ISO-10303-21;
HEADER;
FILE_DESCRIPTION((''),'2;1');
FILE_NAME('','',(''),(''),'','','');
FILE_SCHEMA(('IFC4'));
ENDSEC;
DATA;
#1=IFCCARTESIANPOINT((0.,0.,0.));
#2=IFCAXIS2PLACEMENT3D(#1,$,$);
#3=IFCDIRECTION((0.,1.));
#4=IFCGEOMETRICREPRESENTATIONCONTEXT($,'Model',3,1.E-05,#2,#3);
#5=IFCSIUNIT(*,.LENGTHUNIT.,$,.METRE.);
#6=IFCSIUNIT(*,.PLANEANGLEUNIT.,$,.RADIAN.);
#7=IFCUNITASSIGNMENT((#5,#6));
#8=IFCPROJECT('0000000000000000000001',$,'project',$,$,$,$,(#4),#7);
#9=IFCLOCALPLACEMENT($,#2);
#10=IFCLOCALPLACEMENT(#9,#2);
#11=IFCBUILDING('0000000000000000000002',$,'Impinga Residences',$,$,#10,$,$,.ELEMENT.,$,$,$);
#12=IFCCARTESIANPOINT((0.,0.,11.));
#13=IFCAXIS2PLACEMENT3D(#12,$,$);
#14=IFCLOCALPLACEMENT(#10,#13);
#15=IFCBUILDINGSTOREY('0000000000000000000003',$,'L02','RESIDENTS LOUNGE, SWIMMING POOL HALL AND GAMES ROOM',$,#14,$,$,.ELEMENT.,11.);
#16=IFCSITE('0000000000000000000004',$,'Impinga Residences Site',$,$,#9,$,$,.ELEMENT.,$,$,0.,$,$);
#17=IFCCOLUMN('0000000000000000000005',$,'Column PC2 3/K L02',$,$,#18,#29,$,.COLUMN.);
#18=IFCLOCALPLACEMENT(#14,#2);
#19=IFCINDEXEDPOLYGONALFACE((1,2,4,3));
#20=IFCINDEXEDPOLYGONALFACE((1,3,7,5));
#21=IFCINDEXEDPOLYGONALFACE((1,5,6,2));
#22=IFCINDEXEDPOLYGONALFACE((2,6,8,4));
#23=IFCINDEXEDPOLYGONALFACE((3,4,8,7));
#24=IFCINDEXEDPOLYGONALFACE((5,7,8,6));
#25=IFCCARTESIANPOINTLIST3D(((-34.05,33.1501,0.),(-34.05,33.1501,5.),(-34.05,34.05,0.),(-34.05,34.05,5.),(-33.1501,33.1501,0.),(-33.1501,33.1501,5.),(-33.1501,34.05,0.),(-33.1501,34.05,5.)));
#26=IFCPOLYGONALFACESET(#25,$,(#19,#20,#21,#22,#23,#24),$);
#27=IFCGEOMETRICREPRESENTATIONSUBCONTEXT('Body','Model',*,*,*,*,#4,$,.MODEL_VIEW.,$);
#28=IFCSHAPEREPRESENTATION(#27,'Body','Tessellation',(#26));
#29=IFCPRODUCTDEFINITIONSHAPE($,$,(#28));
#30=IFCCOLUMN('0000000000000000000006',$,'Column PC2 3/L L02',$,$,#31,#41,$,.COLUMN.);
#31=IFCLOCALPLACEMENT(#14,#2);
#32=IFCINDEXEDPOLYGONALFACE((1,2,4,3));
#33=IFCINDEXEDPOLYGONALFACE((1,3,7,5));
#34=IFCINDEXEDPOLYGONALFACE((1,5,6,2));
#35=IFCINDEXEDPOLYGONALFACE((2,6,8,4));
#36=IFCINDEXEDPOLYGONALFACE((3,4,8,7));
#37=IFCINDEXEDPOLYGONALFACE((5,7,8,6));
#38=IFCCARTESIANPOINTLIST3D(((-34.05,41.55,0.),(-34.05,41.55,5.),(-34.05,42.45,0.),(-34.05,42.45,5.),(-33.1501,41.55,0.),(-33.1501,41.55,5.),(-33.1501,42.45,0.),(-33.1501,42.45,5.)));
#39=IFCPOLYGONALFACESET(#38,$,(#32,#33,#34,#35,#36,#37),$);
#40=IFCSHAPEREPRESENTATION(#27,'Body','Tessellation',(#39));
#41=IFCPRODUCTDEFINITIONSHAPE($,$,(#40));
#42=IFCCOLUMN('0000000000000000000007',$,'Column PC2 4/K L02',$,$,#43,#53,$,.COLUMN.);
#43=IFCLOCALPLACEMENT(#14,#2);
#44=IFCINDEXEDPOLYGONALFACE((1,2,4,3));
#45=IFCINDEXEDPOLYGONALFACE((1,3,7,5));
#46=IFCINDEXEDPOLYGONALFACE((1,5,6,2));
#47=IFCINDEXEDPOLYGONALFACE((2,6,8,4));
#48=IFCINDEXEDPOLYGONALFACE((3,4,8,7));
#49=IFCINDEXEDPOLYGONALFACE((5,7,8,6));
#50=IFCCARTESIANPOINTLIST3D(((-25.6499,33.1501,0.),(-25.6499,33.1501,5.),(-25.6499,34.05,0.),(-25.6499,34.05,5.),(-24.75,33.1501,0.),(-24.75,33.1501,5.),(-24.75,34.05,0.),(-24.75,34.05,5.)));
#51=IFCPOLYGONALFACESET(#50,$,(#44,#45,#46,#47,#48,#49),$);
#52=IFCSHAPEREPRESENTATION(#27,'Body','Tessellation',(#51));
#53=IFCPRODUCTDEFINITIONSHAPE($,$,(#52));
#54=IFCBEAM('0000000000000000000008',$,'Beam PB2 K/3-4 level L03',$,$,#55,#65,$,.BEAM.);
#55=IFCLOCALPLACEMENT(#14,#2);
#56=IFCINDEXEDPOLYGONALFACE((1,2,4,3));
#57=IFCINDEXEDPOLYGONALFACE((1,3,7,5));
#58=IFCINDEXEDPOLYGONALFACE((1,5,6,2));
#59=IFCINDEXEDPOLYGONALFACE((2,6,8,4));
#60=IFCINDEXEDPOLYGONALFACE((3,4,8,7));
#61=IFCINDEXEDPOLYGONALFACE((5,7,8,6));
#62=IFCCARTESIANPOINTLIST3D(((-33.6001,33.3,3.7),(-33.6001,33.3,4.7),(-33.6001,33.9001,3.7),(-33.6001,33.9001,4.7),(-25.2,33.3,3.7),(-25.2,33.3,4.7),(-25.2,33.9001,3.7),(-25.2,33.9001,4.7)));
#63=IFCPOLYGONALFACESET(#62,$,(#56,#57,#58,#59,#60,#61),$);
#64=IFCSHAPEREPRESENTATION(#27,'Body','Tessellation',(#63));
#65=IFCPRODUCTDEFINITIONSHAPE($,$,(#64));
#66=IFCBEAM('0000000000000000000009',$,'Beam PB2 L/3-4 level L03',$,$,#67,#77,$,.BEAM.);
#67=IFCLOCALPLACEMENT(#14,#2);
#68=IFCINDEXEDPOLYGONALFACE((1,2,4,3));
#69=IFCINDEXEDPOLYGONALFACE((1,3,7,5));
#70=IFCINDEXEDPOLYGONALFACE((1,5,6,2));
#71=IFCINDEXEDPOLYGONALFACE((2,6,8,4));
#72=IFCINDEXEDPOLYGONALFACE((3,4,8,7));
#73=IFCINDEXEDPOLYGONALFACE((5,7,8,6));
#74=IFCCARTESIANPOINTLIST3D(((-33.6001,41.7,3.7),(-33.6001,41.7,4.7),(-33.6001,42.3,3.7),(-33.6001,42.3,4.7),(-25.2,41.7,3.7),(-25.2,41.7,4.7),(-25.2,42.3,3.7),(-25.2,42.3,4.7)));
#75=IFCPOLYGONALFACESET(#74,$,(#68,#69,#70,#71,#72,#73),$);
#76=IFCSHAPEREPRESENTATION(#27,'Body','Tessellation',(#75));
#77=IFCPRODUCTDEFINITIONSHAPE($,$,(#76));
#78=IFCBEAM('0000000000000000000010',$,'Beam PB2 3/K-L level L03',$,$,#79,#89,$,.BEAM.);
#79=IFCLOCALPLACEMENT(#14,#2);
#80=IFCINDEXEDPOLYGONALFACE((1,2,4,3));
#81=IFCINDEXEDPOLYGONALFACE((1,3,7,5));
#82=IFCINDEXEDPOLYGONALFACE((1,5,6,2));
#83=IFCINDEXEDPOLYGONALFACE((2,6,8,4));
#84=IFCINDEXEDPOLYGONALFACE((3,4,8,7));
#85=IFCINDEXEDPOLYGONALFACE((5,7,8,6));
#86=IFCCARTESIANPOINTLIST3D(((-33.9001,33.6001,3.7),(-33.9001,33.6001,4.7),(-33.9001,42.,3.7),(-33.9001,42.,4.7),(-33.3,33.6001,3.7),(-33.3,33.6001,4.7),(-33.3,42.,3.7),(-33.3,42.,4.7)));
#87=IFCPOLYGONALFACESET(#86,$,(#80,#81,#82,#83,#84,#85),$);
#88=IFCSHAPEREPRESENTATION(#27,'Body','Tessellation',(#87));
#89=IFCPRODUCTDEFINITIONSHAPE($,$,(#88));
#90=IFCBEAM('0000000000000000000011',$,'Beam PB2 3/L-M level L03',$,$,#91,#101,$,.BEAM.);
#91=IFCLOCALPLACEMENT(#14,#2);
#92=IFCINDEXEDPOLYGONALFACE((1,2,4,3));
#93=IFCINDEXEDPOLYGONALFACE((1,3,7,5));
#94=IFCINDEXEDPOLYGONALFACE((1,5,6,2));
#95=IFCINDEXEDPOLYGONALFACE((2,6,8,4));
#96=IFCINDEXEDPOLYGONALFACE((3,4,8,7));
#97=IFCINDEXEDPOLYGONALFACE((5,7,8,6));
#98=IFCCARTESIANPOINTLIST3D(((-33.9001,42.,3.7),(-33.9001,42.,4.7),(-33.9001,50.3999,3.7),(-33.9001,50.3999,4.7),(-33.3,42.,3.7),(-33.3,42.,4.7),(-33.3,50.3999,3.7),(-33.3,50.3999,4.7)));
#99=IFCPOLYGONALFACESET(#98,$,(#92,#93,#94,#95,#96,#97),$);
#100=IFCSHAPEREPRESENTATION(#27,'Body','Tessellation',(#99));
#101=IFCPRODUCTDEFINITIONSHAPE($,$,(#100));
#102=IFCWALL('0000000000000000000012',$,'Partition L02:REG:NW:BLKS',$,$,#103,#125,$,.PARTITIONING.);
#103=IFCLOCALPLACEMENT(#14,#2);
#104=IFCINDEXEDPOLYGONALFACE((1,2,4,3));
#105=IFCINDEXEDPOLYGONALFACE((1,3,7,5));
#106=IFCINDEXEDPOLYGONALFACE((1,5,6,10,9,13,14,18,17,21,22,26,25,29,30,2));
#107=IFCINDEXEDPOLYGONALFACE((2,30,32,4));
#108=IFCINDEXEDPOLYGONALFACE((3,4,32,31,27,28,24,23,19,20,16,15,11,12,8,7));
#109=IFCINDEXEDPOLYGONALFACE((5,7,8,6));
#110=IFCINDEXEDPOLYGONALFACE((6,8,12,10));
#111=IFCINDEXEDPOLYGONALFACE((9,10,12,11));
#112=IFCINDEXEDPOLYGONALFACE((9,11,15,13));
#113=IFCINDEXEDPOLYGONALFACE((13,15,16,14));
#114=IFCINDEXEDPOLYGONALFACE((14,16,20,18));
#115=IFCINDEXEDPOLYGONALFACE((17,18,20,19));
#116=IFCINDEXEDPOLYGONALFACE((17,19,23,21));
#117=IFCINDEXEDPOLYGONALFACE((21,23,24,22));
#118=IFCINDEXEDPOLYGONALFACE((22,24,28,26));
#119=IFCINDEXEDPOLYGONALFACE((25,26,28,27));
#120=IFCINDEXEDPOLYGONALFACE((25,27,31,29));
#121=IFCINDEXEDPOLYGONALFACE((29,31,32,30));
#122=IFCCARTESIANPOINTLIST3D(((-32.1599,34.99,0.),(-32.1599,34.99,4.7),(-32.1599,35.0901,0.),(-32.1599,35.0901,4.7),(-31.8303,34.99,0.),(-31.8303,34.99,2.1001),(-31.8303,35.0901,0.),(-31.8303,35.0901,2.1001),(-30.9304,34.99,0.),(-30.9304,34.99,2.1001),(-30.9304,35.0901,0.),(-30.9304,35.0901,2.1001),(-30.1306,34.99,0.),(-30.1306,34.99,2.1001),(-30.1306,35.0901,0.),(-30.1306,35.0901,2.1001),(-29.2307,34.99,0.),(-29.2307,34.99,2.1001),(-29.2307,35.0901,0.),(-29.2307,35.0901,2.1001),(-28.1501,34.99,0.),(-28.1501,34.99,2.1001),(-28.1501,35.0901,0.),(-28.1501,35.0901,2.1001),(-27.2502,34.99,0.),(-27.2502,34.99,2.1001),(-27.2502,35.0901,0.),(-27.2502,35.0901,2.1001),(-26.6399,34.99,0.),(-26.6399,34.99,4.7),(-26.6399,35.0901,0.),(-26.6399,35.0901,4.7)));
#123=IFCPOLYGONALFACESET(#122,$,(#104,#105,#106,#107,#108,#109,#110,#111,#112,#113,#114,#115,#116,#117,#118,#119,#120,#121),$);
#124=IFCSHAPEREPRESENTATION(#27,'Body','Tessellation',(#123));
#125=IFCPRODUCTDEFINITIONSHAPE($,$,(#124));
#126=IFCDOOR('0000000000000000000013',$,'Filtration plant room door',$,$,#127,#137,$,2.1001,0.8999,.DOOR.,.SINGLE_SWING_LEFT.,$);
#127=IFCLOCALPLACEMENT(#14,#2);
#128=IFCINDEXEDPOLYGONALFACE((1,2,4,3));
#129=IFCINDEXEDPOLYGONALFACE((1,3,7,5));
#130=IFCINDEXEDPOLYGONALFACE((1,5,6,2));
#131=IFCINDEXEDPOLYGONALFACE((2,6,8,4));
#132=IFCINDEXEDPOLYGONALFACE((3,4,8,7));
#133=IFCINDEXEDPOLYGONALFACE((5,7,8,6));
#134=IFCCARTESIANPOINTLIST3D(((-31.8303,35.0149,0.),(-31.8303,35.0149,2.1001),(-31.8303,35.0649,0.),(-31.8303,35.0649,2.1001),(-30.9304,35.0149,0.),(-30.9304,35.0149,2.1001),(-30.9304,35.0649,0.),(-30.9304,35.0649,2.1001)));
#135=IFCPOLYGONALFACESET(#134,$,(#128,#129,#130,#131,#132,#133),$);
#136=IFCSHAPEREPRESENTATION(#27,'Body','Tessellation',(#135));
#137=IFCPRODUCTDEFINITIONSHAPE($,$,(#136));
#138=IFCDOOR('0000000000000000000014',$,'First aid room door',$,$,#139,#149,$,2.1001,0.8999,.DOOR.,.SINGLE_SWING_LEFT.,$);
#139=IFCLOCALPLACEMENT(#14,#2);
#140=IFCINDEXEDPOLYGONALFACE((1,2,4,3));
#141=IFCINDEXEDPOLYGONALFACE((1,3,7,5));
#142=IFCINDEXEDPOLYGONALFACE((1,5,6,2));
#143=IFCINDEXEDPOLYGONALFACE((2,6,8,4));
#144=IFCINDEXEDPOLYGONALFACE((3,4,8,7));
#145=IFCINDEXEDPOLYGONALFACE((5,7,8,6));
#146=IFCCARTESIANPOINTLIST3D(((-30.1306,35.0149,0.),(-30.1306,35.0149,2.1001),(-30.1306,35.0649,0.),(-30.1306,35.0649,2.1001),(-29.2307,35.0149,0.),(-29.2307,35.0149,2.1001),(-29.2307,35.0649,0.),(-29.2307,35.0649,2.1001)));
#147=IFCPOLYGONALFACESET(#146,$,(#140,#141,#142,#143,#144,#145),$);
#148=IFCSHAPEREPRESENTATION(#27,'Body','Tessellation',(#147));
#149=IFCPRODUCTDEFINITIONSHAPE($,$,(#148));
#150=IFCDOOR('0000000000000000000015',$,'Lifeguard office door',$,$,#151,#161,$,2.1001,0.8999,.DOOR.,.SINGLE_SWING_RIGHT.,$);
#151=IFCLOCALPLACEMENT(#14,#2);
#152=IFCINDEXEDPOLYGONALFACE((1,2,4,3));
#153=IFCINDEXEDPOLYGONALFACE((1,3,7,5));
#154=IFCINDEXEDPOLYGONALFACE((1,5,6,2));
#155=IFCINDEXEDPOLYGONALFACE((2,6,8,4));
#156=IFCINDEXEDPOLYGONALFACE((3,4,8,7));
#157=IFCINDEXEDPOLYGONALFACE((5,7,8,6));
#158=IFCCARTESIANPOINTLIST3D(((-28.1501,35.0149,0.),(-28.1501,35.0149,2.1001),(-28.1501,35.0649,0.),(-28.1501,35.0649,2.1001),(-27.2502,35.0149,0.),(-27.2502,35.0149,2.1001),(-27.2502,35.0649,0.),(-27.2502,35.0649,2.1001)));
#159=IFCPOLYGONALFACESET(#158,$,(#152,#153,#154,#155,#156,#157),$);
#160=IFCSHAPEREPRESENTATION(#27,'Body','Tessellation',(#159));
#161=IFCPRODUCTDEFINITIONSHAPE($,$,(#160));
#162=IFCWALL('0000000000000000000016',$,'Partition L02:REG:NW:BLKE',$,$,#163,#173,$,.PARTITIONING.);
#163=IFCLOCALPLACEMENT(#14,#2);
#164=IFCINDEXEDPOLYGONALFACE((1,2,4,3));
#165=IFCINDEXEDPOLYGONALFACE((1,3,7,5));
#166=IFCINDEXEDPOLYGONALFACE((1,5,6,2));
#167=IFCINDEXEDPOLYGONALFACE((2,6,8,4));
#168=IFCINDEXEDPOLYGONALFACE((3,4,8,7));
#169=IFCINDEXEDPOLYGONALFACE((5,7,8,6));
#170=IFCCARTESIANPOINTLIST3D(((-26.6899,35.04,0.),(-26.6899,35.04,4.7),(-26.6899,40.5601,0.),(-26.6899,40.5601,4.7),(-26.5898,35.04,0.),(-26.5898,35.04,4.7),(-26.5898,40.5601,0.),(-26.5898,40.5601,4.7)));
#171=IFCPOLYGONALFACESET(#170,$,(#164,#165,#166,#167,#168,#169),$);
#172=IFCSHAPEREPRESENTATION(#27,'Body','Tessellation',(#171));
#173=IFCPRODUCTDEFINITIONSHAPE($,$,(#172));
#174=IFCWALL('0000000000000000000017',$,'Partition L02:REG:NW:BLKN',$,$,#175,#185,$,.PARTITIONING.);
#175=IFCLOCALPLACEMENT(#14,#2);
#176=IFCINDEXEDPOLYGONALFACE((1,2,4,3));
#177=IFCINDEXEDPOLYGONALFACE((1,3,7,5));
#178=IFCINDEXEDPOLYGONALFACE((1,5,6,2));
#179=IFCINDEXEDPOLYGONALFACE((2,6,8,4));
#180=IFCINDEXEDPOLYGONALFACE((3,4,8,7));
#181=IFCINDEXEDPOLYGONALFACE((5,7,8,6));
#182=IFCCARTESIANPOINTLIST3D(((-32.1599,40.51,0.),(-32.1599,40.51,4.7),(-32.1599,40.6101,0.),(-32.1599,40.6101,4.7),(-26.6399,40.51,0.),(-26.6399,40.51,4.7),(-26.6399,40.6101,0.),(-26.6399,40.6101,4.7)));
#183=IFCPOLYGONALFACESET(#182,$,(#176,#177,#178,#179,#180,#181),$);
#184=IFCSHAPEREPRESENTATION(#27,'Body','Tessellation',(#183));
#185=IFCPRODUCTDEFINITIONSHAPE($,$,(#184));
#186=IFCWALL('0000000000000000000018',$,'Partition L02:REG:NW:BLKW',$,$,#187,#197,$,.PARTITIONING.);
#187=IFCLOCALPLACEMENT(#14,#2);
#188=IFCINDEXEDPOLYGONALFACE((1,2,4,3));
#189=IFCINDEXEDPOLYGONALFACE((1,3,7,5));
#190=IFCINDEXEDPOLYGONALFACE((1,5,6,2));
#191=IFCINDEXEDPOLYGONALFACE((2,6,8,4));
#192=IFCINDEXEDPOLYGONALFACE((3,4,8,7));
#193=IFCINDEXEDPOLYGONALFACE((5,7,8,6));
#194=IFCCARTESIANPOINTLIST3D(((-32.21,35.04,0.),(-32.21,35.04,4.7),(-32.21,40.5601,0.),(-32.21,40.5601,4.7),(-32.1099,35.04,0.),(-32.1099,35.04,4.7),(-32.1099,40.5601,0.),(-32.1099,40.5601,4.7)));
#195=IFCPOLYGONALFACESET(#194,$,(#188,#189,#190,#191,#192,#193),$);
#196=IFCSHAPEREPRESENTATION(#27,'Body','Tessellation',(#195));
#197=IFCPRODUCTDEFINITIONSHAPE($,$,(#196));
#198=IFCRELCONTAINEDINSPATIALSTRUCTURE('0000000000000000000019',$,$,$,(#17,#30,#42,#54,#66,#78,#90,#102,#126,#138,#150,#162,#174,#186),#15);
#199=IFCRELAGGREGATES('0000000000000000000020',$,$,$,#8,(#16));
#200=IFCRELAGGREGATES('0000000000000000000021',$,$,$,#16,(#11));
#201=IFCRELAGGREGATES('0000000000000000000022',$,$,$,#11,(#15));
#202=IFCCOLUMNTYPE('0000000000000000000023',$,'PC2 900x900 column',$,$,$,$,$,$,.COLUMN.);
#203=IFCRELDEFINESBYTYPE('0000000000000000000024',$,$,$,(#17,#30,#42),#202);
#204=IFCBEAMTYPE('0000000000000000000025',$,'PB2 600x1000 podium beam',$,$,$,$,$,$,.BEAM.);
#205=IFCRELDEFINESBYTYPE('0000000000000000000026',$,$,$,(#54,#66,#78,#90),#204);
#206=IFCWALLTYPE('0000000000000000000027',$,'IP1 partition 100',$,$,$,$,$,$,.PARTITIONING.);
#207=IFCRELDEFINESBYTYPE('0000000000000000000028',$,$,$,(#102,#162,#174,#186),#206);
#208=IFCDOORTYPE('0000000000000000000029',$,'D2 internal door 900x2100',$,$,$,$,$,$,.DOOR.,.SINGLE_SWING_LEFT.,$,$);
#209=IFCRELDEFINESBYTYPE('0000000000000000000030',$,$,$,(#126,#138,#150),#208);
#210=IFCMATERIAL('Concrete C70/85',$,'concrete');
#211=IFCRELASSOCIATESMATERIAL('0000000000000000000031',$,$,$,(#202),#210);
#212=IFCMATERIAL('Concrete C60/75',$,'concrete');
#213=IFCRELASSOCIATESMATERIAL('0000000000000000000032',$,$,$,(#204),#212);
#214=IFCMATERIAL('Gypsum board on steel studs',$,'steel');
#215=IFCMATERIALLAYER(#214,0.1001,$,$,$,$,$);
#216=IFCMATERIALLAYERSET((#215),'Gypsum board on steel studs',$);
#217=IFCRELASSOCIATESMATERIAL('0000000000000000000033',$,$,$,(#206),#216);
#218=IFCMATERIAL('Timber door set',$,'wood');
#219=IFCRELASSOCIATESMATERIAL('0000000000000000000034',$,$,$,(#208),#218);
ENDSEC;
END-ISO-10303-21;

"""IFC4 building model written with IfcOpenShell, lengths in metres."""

from ifc_helpers import new_model, si_unit, direction, frame, frame_2d, origin, origin_2d, place, context, subcontext, project, spatial, rectangle, extrude, material, layer, layer_set, material_profile, profile_set, type_object, element, fill, save


model = new_model("IFC4")

# Units and contexts
model_context = context("Model", 3, precision=1e-05, world=origin(), true_north=direction((0.0, 1.0)))
body_context = subcontext(model_context, "Body", "Model", "MODEL_VIEW")
ifc_project = project(units=[si_unit("LENGTHUNIT", "METRE"), si_unit("PLANEANGLEUNIT", "RADIAN")], contexts=[model_context])

# Site, building, storey
site_placement = place(None, origin())
site = spatial("IfcSite", under=ifc_project, at=site_placement, Name="Impinga Residences Site", CompositionType="ELEMENT", RefElevation=0.0)
building_placement = place(site_placement, origin())
building = spatial("IfcBuilding", under=site, at=building_placement, Name="Impinga Residences", CompositionType="ELEMENT")
storey_placement = place(building_placement, frame((0.0, 0.0, 11.0)))
storey = spatial("IfcBuildingStorey", under=building, at=storey_placement, Name="L02", Description="RESIDENTS LOUNGE, SWIMMING POOL HALL AND GAMES ROOM", CompositionType="ELEMENT", Elevation=11.0)

# Columns
ifc_material_1 = material(Name="Concrete C70/85", Category="concrete")
ifc_material_profile_1 = material_profile(ifc_material_1, rectangle(XDim=0.8999, YDim=0.8999, at=origin_2d()), Name="RC 900x900")
ifc_profile_set_1 = profile_set([ifc_material_profile_1], Name="Concrete C70/85")
column_type = type_object("IfcColumnType", Name="PC2 900x900 column", PredefinedType="COLUMN", material=ifc_profile_set_1)
for number, where, z_axis, x_axis, name in (
    (1, (-33.6001, 33.6001, 0.0), (0.0, 0.0, 1.0), (1.0, 0.0, 0.0), "Column PC2 3/K L02"),
    (2, (-33.6001, 42.0, 0.0), (0.0, 0.0, 1.0), (1.0, 0.0, 0.0), "Column PC2 3/L L02"),
    (3, (-25.2, 33.6001, 0.0), (0.0, 0.0, 1.0), (1.0, 0.0, 0.0), "Column PC2 4/K L02"),
):
    element("IfcColumn", number, at=place(storey_placement, frame(where, z_axis=z_axis, x_axis=x_axis)), inside=storey, type_object=column_type, Name=name, PredefinedType="COLUMN", context=body_context, shape_type="SweptSolid", body=[
        extrude(rectangle(XDim=0.8999, YDim=0.8999, at=origin_2d()), origin(), (0.0, 0.0, 1.0), 5.0),
    ])

# Beams
ifc_material_2 = material(Name="Concrete C60/75", Category="concrete")
ifc_material_profile_2 = material_profile(ifc_material_2, rectangle(XDim=0.6001, YDim=1.0, at=origin_2d()), Name="RC 600x1000")
ifc_profile_set_2 = profile_set([ifc_material_profile_2], Name="Concrete C60/75")
beam_type = type_object("IfcBeamType", Name="PB2 600x1000 podium beam", PredefinedType="BEAM", material=ifc_profile_set_2)
for number, where, z_axis, x_axis, name in (
    (4, (-33.6001, 33.6001, 4.2), (1.0, 0.0, 0.0), (0.0, 1.0, 0.0), "Beam PB2 K/3-4 level L03"),
    (5, (-33.6001, 42.0, 4.2), (1.0, 0.0, 0.0), (0.0, 1.0, 0.0), "Beam PB2 L/3-4 level L03"),
):
    element("IfcBeam", number, at=place(storey_placement, frame(where, z_axis=z_axis, x_axis=x_axis)), inside=storey, type_object=beam_type, Name=name, PredefinedType="BEAM", context=body_context, shape_type="SweptSolid", body=[
        extrude(rectangle(XDim=0.6001, YDim=1.0, at=origin_2d()), origin(), (0.0, 0.0, 1.0), 8.4001),
    ])
for number, where, z_axis, x_axis, name in (
    (6, (-33.6001, 33.6001, 4.2), (0.0, 1.0, 0.0), (-1.0, 0.0, 0.0), "Beam PB2 3/K-L level L03"),
    (7, (-33.6001, 42.0, 4.2), (0.0, 1.0, 0.0), (-1.0, 0.0, 0.0), "Beam PB2 3/L-M level L03"),
):
    element("IfcBeam", number, at=place(storey_placement, frame(where, z_axis=z_axis, x_axis=x_axis)), inside=storey, type_object=beam_type, Name=name, PredefinedType="BEAM", context=body_context, shape_type="SweptSolid", body=[
        extrude(rectangle(XDim=0.6001, YDim=1.0, at=origin_2d()), origin(), (0.0, 0.0, 1.0), 8.3999),
    ])

# Wall, openings, doors
ifc_material_3 = material(Name="Gypsum board on steel studs", Category="steel")
ifc_layer = layer(ifc_material_3, 0.1001)
ifc_layer_set = layer_set([ifc_layer], Name="Gypsum board on steel studs")
wall_type = type_object("IfcWallType", Name="IP1 partition 100", PredefinedType="PARTITIONING", material=ifc_layer_set)
wall_1_placement = place(storey_placement, frame((-32.1599, 35.04, 0.0), z_axis=(0.0, 0.0, 1.0), x_axis=(1.0, 0.0, 0.0)))
wall_1 = element("IfcWall", 8, at=wall_1_placement, inside=storey, type_object=wall_type, Name="Partition L02:REG:NW:BLKS", PredefinedType="PARTITIONING", context=body_context, shape_type="SweptSolid", body=[
    extrude(rectangle(XDim=5.52, YDim=0.1001, at=frame_2d((2.76, 0.0))), origin(), (0.0, 0.0, 1.0), 4.7),
])
opening_1_placement = place(wall_1_placement, frame((0.3296, 0.0, 0.0)))
opening_1 = element("IfcOpeningElement", 9, at=opening_1_placement, cuts=wall_1, PredefinedType="OPENING", context=body_context, shape_type="SweptSolid", body=[
    extrude(rectangle(XDim=0.8999, YDim=2.1001, at=frame_2d((0.45, 1.05))), frame((0.0, 0.0601, 0.0), z_axis=(0.0, -1.0, 0.0), x_axis=(1.0, 0.0, 0.0)), (0.0, 0.0, 1.0), 0.1201),
])
opening_2_placement = place(wall_1_placement, frame((2.0293, 0.0, 0.0)))
opening_2 = element("IfcOpeningElement", 10, at=opening_2_placement, cuts=wall_1, PredefinedType="OPENING", context=body_context, shape_type="SweptSolid", body=[
    extrude(rectangle(XDim=0.8999, YDim=2.1001, at=frame_2d((0.45, 1.05))), frame((0.0, 0.0601, 0.0), z_axis=(0.0, -1.0, 0.0), x_axis=(1.0, 0.0, 0.0)), (0.0, 0.0, 1.0), 0.1201),
])
opening_3_placement = place(wall_1_placement, frame((4.0098, 0.0, 0.0)))
opening_3 = element("IfcOpeningElement", 11, at=opening_3_placement, cuts=wall_1, PredefinedType="OPENING", context=body_context, shape_type="SweptSolid", body=[
    extrude(rectangle(XDim=0.8999, YDim=2.1001, at=frame_2d((0.45, 1.05))), frame((0.0, 0.0601, 0.0), z_axis=(0.0, -1.0, 0.0), x_axis=(1.0, 0.0, 0.0)), (0.0, 0.0, 1.0), 0.1201),
])
ifc_material_4 = material(Name="Timber door set", Category="wood")
door_type = type_object("IfcDoorType", Name="D2 internal door 900x2100", OperationType="SINGLE_SWING_LEFT", PredefinedType="DOOR", material=ifc_material_4)
door_1_placement = place(opening_1_placement, origin())
door_1 = element("IfcDoor", 12, at=door_1_placement, inside=storey, type_object=door_type, Name="Filtration plant room door", OperationType="SINGLE_SWING_LEFT", OverallHeight=2.1001, OverallWidth=0.8999, PredefinedType="DOOR", context=body_context, shape_type="SweptSolid", body=[
    extrude(rectangle(XDim=0.8999, YDim=2.1001, at=frame_2d((0.45, 1.05))), frame((0.0, 0.0249, 0.0), z_axis=(0.0, -1.0, 0.0), x_axis=(1.0, 0.0, 0.0)), (0.0, 0.0, 1.0), 0.05),
])
fill(opening_1, door_1)
door_2_placement = place(opening_2_placement, origin())
door_2 = element("IfcDoor", 13, at=door_2_placement, inside=storey, type_object=door_type, Name="First aid room door", OperationType="SINGLE_SWING_LEFT", OverallHeight=2.1001, OverallWidth=0.8999, PredefinedType="DOOR", context=body_context, shape_type="SweptSolid", body=[
    extrude(rectangle(XDim=0.8999, YDim=2.1001, at=frame_2d((0.45, 1.05))), frame((0.0, 0.0249, 0.0), z_axis=(0.0, -1.0, 0.0), x_axis=(1.0, 0.0, 0.0)), (0.0, 0.0, 1.0), 0.05),
])
fill(opening_2, door_2)
door_3_placement = place(opening_3_placement, origin())
door_3 = element("IfcDoor", 14, at=door_3_placement, inside=storey, type_object=door_type, Name="Lifeguard office door", OperationType="SINGLE_SWING_RIGHT", OverallHeight=2.1001, OverallWidth=0.8999, PredefinedType="DOOR", context=body_context, shape_type="SweptSolid", body=[
    extrude(rectangle(XDim=0.8999, YDim=2.1001, at=frame_2d((0.45, 1.05))), frame((0.0, 0.0249, 0.0), z_axis=(0.0, -1.0, 0.0), x_axis=(1.0, 0.0, 0.0)), (0.0, 0.0, 1.0), 0.05),
])
fill(opening_3, door_3)

# Walls
for number, where, z_axis, x_axis, name in (
    (15, (-26.6399, 35.04, 0.0), (0.0, 0.0, 1.0), (0.0, 1.0, 0.0), "Partition L02:REG:NW:BLKE"),
    (16, (-26.6399, 40.5601, 0.0), (0.0, 0.0, 1.0), (-1.0, 0.0, 0.0), "Partition L02:REG:NW:BLKN"),
    (17, (-32.1599, 40.5601, 0.0), (0.0, 0.0, 1.0), (0.0, -1.0, 0.0), "Partition L02:REG:NW:BLKW"),
):
    element("IfcWall", number, at=place(storey_placement, frame(where, z_axis=z_axis, x_axis=x_axis)), inside=storey, type_object=wall_type, Name=name, PredefinedType="PARTITIONING", context=body_context, shape_type="SweptSolid", body=[
        extrude(rectangle(XDim=5.52, YDim=0.1001, at=frame_2d((2.76, 0.0))), origin(), (0.0, 0.0, 1.0), 4.7),
    ])

save(model, "model.ifc")
